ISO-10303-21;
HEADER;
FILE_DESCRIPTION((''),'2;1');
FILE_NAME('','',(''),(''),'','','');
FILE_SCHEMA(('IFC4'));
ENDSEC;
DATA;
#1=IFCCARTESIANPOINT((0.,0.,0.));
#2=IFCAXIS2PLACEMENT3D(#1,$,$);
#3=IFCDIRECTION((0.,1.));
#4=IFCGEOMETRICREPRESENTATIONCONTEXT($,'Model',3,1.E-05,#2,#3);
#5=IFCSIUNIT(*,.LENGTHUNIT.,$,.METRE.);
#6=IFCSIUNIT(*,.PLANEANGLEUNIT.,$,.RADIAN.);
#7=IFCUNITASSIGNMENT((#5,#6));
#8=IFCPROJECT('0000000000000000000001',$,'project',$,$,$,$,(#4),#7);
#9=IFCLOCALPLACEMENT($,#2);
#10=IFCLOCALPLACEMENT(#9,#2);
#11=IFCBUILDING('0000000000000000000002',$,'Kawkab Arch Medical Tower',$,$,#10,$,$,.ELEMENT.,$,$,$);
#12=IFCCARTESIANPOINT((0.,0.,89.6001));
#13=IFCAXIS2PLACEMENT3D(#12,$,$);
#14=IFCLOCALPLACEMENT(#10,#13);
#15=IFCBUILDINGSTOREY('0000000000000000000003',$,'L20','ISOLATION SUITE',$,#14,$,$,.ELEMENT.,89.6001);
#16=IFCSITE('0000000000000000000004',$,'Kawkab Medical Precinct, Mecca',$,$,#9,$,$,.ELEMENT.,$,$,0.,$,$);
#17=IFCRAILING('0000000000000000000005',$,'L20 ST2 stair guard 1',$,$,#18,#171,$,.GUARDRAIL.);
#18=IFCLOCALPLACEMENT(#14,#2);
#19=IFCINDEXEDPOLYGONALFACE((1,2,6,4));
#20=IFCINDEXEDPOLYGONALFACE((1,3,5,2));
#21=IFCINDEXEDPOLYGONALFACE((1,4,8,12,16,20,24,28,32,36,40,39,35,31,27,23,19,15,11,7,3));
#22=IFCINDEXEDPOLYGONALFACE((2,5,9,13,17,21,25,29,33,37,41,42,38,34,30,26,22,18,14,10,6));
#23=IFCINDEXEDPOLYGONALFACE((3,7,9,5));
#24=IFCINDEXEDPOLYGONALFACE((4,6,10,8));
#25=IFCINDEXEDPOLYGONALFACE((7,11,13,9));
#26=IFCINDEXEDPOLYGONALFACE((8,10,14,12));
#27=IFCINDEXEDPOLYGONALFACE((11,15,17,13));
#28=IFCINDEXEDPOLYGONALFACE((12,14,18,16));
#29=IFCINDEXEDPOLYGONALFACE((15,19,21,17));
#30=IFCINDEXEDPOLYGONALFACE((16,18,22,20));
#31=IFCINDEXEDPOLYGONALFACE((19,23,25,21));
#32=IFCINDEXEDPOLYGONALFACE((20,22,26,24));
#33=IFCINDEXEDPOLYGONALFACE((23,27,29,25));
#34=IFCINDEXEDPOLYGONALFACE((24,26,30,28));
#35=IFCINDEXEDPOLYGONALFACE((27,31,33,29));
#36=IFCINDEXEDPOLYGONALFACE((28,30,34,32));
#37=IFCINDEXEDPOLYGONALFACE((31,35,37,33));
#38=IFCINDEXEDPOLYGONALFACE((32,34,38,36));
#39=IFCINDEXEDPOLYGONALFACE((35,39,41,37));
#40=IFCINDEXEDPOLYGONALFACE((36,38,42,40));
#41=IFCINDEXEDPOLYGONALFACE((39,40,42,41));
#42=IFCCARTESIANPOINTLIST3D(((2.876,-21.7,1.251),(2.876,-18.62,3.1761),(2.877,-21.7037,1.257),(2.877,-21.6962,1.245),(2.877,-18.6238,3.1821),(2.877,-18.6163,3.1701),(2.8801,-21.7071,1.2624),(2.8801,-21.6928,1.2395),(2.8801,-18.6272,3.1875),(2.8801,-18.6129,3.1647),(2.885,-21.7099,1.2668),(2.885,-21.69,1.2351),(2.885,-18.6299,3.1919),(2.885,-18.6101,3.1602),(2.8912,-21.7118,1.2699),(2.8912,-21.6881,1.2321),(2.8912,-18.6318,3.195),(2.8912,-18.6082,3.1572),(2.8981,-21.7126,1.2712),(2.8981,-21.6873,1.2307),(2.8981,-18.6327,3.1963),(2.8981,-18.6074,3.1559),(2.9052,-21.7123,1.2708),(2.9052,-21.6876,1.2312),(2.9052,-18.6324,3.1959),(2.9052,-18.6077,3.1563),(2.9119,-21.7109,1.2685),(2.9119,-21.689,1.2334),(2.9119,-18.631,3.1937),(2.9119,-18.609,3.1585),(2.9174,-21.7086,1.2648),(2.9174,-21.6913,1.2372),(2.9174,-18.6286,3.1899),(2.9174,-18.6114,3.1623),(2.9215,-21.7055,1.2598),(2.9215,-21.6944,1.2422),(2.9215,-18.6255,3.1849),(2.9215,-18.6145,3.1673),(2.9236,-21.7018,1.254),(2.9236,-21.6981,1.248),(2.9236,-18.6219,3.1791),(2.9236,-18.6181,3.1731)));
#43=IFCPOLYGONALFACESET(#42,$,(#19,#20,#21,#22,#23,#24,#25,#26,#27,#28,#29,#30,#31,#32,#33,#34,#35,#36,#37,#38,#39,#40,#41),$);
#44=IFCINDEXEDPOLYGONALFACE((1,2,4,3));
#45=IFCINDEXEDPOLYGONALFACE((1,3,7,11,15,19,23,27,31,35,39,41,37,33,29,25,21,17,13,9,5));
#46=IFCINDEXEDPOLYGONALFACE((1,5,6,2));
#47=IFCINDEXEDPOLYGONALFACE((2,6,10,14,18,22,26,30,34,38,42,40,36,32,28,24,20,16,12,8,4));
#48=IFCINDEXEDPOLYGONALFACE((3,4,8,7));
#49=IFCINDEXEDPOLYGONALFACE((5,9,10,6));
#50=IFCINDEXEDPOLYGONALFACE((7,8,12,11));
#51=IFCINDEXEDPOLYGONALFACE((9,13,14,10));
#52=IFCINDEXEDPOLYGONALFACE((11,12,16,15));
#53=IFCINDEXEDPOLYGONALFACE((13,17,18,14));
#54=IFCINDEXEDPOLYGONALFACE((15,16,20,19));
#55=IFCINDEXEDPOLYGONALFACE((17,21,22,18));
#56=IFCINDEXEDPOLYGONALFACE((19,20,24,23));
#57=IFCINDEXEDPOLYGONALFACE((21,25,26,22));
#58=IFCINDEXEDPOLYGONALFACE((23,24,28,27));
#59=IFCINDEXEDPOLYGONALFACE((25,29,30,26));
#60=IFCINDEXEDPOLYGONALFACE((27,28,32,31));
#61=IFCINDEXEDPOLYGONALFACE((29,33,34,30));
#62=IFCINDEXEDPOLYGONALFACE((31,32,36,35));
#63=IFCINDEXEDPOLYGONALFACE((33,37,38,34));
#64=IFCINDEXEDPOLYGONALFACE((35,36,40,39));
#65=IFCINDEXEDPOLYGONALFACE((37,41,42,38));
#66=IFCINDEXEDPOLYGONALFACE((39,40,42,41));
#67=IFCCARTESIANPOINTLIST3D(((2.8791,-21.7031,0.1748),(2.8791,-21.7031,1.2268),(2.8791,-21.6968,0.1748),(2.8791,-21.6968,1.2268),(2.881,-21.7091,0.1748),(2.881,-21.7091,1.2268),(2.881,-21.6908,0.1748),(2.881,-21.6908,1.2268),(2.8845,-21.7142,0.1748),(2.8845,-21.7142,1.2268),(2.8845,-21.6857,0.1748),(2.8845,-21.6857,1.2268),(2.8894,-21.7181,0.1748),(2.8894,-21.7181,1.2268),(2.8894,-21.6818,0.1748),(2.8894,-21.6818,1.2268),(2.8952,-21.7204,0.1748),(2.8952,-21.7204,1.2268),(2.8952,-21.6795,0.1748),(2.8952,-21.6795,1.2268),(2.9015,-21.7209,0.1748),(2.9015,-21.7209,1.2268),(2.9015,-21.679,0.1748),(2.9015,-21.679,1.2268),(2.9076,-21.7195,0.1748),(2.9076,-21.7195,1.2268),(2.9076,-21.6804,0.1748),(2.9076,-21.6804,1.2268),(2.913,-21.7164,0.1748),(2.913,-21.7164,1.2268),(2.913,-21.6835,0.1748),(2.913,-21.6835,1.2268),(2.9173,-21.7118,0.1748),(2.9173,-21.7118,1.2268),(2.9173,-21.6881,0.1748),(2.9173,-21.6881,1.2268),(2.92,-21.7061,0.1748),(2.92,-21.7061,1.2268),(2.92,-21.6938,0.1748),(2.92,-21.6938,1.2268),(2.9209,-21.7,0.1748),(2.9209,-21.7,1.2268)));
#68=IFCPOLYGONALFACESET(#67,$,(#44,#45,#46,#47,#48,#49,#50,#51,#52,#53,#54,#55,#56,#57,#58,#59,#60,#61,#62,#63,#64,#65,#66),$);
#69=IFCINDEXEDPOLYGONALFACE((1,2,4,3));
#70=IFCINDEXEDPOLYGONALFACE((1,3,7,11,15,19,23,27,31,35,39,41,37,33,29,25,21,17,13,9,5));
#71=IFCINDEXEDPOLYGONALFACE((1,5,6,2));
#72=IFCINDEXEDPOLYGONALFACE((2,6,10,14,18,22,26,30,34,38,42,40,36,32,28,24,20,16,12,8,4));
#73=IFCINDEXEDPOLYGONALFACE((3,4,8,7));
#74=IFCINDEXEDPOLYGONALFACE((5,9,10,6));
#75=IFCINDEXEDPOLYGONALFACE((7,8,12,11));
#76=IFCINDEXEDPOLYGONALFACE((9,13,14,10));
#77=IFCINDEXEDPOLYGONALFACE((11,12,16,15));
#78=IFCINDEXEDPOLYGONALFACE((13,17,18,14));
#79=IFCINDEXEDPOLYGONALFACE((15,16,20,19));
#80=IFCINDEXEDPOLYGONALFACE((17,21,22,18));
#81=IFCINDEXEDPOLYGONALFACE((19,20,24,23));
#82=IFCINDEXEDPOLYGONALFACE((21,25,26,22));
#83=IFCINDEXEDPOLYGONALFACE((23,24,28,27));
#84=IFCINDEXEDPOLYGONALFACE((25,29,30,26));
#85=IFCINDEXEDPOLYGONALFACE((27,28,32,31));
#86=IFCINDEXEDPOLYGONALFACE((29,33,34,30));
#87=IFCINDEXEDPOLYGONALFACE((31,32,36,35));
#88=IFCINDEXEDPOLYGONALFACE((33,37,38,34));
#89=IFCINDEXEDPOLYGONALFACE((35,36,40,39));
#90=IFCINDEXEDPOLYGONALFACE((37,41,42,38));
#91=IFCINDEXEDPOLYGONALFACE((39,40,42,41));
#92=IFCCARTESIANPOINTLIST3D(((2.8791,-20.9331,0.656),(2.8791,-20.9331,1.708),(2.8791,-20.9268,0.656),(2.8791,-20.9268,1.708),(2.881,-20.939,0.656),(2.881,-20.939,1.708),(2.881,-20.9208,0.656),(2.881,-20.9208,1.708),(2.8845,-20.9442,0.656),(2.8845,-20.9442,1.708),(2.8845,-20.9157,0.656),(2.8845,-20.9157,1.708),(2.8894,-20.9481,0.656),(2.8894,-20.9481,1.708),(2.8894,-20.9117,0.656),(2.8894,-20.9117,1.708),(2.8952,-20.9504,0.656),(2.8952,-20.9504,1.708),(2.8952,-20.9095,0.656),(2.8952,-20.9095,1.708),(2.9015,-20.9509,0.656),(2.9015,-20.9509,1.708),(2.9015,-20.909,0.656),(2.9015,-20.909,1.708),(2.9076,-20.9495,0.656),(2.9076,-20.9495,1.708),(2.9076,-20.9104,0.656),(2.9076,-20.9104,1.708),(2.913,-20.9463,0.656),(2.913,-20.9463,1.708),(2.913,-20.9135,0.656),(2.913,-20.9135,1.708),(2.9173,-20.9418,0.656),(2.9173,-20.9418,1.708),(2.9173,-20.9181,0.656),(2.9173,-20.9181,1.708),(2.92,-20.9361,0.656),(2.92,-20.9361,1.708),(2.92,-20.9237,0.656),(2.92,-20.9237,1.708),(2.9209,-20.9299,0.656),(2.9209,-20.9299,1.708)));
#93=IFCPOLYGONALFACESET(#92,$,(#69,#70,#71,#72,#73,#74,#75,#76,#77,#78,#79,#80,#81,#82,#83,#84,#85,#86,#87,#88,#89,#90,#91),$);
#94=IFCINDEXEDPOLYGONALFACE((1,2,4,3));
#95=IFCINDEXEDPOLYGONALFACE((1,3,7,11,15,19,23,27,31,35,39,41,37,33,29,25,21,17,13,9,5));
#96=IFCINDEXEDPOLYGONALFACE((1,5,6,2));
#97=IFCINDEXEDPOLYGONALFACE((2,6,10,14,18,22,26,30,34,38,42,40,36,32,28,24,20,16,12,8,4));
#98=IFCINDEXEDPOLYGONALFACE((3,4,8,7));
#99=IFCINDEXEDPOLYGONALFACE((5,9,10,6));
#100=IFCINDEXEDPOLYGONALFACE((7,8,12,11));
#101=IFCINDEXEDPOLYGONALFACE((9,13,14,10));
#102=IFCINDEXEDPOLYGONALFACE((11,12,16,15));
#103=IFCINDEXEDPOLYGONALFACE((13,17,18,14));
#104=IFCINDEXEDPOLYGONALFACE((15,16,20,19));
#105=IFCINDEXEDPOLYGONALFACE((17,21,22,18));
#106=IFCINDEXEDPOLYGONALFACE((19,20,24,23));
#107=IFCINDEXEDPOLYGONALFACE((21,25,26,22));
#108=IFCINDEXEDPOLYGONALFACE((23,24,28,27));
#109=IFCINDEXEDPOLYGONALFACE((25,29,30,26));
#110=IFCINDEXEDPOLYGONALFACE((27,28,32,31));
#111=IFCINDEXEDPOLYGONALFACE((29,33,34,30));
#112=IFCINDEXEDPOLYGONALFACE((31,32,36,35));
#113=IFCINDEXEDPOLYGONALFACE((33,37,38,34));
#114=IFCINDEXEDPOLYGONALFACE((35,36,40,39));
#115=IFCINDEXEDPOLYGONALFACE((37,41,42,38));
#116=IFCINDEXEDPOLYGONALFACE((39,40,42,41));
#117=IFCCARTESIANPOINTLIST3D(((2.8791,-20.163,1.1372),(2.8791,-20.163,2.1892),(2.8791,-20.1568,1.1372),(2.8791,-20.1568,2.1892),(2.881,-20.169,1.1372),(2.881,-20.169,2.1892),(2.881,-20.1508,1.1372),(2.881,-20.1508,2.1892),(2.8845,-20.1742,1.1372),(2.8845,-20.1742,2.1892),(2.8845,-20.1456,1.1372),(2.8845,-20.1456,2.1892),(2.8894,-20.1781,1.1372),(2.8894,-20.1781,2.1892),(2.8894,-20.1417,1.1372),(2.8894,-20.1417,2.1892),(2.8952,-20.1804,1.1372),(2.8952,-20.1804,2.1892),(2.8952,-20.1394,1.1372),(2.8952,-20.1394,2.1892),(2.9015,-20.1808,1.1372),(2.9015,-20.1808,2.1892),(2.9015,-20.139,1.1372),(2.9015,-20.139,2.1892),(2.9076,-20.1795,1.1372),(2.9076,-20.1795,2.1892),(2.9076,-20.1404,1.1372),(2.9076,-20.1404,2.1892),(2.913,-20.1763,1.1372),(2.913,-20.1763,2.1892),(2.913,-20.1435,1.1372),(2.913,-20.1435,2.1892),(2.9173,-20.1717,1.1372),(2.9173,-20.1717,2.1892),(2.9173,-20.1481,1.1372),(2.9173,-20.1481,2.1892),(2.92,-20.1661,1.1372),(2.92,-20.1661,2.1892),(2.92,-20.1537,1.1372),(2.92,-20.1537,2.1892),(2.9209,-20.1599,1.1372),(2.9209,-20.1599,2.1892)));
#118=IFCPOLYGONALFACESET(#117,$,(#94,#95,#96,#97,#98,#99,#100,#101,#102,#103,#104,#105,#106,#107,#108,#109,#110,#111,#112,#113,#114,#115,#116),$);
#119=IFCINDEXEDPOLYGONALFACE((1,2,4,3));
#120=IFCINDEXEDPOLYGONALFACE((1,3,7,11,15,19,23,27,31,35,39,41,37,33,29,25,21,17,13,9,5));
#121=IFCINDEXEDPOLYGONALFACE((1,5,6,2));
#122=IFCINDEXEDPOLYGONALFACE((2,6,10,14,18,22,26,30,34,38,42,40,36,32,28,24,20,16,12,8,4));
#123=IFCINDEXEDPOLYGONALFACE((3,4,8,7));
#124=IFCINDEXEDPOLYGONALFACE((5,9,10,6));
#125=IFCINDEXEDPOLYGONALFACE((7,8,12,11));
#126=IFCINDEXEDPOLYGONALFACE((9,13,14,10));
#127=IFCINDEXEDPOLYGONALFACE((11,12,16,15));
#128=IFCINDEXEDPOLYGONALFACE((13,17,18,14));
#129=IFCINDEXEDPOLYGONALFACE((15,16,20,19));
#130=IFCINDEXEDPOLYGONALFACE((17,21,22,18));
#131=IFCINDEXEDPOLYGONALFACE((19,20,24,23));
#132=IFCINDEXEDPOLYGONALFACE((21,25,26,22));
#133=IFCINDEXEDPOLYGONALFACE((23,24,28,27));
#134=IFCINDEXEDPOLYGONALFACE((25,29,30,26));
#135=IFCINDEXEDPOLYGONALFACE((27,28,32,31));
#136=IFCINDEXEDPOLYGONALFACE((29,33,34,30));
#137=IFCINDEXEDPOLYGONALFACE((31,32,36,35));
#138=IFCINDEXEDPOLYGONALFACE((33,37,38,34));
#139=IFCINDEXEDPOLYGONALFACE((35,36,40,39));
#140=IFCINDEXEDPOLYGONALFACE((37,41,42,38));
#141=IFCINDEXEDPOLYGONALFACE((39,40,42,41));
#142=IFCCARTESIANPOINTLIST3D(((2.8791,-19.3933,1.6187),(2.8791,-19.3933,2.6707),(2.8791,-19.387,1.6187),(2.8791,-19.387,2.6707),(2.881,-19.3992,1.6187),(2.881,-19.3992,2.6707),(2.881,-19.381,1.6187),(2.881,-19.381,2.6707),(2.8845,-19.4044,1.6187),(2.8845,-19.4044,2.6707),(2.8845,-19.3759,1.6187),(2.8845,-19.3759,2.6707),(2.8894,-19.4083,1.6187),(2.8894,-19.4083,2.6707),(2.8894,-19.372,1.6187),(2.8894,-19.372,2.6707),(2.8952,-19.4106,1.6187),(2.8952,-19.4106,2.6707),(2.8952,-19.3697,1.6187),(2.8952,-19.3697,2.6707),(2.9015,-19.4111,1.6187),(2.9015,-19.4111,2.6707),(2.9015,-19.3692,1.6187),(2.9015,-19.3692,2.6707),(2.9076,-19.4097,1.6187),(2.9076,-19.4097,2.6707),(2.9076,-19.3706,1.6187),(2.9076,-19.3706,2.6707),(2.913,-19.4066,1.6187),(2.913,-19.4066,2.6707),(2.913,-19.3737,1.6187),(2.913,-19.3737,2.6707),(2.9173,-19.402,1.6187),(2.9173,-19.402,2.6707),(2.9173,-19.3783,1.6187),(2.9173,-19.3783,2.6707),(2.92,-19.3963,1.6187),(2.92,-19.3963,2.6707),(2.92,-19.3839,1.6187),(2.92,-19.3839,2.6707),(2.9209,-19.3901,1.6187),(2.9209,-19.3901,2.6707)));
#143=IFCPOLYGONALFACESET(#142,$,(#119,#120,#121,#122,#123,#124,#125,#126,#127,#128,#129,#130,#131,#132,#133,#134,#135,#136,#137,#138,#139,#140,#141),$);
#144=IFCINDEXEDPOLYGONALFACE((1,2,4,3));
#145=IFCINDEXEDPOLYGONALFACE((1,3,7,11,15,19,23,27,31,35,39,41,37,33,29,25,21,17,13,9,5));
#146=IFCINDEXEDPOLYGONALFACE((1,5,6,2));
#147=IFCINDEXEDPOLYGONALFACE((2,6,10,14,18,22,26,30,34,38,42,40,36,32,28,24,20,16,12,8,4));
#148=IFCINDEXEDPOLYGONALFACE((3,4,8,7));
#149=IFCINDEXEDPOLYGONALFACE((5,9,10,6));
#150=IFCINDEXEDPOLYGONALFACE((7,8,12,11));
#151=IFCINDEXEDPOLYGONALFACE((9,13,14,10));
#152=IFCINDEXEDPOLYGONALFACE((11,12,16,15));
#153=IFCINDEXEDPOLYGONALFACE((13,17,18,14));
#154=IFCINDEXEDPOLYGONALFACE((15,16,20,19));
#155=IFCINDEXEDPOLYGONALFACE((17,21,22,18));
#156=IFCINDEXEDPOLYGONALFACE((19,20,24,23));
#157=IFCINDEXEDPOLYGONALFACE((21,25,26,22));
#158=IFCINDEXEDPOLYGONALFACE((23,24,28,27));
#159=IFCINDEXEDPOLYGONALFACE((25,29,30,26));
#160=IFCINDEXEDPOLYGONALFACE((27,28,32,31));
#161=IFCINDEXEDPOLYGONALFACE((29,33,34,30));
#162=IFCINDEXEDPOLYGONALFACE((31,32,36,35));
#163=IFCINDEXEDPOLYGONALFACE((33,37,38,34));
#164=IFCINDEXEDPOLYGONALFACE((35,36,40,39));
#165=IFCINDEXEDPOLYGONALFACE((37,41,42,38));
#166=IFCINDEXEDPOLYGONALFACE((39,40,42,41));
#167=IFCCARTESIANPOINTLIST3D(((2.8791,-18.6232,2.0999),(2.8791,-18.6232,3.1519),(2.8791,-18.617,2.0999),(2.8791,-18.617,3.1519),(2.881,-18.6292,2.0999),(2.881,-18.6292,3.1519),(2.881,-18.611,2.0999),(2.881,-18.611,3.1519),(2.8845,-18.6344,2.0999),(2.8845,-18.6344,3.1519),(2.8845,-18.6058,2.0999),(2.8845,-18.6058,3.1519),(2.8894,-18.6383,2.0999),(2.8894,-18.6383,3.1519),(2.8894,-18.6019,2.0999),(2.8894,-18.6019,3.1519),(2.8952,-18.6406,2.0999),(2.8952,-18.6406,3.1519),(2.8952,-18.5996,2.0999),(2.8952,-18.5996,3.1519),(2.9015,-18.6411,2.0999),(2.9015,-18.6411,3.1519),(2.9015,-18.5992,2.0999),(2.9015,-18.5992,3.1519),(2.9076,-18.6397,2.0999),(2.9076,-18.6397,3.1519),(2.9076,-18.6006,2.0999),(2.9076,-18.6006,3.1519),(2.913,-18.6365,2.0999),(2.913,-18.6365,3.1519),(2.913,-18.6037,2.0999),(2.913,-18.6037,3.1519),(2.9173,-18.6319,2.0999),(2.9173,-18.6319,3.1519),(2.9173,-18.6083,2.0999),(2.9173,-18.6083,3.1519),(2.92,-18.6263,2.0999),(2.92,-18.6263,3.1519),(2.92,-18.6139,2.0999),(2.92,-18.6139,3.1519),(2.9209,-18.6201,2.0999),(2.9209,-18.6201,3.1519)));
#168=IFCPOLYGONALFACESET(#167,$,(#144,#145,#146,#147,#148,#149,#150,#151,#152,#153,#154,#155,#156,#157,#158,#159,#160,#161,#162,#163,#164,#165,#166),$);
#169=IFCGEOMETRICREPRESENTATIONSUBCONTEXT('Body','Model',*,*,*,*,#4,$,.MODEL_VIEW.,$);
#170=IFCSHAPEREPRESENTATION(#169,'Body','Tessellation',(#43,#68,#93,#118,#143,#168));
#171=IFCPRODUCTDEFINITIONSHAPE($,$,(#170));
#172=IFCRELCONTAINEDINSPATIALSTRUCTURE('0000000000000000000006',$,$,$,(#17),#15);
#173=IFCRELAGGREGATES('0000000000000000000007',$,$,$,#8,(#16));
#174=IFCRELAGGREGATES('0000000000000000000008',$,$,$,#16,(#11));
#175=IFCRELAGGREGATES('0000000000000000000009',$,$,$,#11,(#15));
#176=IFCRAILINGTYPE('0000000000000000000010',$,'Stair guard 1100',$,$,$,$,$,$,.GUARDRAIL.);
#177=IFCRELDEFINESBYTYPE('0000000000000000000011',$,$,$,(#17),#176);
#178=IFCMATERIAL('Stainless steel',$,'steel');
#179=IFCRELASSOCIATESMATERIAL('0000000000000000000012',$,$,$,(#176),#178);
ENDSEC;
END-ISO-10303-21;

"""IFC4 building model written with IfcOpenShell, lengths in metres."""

from ifc_helpers import new_model, si_unit, direction, frame, origin, origin_2d, place, context, subcontext, project, spatial, circle, extrude, material, type_object, element, save


model = new_model("IFC4")

# Units and contexts
model_context = context("Model", 3, precision=1e-05, world=origin(), true_north=direction((0.0, 1.0)))
body_context = subcontext(model_context, "Body", "Model", "MODEL_VIEW")
ifc_project = project(units=[si_unit("LENGTHUNIT", "METRE"), si_unit("PLANEANGLEUNIT", "RADIAN")], contexts=[model_context])

# Site, building, storey
site_placement = place(None, origin())
site = spatial("IfcSite", under=ifc_project, at=site_placement, Name="Kawkab Medical Precinct, Mecca", CompositionType="ELEMENT", RefElevation=0.0)
building_placement = place(site_placement, origin())
building = spatial("IfcBuilding", under=site, at=building_placement, Name="Kawkab Arch Medical Tower", CompositionType="ELEMENT")
storey_placement = place(building_placement, frame((0.0, 0.0, 89.6001)))
storey = spatial("IfcBuildingStorey", under=building, at=storey_placement, Name="L20", Description="ISOLATION SUITE", CompositionType="ELEMENT", Elevation=89.6001)

# Railing
ifc_material_1 = material(Name="Stainless steel", Category="steel")
railing_type = type_object("IfcRailingType", Name="Stair guard 1100", PredefinedType="GUARDRAIL", material=ifc_material_1)
railing_placement = place(storey_placement, frame((2.8999, -21.7, 0.1748)))
element("IfcRailing", 1, at=railing_placement, inside=storey, type_object=railing_type, Name="L20 ST2 stair guard 1", PredefinedType="GUARDRAIL", context=body_context, shape_type="SweptSolid", body=[
    extrude(circle(Radius=0.0239, at=origin_2d()), frame((0.0, 0.0, 1.0762), z_axis=(0.0, 0.847979, 0.530029), x_axis=(-1.0, 0.0, 0.0)), (0.0, 0.0, 1.0), 3.6321),
    extrude(circle(Radius=0.021, at=origin_2d()), origin(), (0.0, 0.0, 1.0), 1.052),
    extrude(circle(Radius=0.021, at=origin_2d()), frame((0.0, 0.77, 0.4812)), (0.0, 0.0, 1.0), 1.052),
    extrude(circle(Radius=0.021, at=origin_2d()), frame((0.0, 1.54, 0.9624)), (0.0, 0.0, 1.0), 1.052),
    extrude(circle(Radius=0.021, at=origin_2d()), frame((0.0, 2.3098, 1.4438)), (0.0, 0.0, 1.0), 1.052),
    extrude(circle(Radius=0.021, at=origin_2d()), frame((0.0, 3.0798, 1.925)), (0.0, 0.0, 1.0), 1.052),
])

save(model, "model.ifc")
